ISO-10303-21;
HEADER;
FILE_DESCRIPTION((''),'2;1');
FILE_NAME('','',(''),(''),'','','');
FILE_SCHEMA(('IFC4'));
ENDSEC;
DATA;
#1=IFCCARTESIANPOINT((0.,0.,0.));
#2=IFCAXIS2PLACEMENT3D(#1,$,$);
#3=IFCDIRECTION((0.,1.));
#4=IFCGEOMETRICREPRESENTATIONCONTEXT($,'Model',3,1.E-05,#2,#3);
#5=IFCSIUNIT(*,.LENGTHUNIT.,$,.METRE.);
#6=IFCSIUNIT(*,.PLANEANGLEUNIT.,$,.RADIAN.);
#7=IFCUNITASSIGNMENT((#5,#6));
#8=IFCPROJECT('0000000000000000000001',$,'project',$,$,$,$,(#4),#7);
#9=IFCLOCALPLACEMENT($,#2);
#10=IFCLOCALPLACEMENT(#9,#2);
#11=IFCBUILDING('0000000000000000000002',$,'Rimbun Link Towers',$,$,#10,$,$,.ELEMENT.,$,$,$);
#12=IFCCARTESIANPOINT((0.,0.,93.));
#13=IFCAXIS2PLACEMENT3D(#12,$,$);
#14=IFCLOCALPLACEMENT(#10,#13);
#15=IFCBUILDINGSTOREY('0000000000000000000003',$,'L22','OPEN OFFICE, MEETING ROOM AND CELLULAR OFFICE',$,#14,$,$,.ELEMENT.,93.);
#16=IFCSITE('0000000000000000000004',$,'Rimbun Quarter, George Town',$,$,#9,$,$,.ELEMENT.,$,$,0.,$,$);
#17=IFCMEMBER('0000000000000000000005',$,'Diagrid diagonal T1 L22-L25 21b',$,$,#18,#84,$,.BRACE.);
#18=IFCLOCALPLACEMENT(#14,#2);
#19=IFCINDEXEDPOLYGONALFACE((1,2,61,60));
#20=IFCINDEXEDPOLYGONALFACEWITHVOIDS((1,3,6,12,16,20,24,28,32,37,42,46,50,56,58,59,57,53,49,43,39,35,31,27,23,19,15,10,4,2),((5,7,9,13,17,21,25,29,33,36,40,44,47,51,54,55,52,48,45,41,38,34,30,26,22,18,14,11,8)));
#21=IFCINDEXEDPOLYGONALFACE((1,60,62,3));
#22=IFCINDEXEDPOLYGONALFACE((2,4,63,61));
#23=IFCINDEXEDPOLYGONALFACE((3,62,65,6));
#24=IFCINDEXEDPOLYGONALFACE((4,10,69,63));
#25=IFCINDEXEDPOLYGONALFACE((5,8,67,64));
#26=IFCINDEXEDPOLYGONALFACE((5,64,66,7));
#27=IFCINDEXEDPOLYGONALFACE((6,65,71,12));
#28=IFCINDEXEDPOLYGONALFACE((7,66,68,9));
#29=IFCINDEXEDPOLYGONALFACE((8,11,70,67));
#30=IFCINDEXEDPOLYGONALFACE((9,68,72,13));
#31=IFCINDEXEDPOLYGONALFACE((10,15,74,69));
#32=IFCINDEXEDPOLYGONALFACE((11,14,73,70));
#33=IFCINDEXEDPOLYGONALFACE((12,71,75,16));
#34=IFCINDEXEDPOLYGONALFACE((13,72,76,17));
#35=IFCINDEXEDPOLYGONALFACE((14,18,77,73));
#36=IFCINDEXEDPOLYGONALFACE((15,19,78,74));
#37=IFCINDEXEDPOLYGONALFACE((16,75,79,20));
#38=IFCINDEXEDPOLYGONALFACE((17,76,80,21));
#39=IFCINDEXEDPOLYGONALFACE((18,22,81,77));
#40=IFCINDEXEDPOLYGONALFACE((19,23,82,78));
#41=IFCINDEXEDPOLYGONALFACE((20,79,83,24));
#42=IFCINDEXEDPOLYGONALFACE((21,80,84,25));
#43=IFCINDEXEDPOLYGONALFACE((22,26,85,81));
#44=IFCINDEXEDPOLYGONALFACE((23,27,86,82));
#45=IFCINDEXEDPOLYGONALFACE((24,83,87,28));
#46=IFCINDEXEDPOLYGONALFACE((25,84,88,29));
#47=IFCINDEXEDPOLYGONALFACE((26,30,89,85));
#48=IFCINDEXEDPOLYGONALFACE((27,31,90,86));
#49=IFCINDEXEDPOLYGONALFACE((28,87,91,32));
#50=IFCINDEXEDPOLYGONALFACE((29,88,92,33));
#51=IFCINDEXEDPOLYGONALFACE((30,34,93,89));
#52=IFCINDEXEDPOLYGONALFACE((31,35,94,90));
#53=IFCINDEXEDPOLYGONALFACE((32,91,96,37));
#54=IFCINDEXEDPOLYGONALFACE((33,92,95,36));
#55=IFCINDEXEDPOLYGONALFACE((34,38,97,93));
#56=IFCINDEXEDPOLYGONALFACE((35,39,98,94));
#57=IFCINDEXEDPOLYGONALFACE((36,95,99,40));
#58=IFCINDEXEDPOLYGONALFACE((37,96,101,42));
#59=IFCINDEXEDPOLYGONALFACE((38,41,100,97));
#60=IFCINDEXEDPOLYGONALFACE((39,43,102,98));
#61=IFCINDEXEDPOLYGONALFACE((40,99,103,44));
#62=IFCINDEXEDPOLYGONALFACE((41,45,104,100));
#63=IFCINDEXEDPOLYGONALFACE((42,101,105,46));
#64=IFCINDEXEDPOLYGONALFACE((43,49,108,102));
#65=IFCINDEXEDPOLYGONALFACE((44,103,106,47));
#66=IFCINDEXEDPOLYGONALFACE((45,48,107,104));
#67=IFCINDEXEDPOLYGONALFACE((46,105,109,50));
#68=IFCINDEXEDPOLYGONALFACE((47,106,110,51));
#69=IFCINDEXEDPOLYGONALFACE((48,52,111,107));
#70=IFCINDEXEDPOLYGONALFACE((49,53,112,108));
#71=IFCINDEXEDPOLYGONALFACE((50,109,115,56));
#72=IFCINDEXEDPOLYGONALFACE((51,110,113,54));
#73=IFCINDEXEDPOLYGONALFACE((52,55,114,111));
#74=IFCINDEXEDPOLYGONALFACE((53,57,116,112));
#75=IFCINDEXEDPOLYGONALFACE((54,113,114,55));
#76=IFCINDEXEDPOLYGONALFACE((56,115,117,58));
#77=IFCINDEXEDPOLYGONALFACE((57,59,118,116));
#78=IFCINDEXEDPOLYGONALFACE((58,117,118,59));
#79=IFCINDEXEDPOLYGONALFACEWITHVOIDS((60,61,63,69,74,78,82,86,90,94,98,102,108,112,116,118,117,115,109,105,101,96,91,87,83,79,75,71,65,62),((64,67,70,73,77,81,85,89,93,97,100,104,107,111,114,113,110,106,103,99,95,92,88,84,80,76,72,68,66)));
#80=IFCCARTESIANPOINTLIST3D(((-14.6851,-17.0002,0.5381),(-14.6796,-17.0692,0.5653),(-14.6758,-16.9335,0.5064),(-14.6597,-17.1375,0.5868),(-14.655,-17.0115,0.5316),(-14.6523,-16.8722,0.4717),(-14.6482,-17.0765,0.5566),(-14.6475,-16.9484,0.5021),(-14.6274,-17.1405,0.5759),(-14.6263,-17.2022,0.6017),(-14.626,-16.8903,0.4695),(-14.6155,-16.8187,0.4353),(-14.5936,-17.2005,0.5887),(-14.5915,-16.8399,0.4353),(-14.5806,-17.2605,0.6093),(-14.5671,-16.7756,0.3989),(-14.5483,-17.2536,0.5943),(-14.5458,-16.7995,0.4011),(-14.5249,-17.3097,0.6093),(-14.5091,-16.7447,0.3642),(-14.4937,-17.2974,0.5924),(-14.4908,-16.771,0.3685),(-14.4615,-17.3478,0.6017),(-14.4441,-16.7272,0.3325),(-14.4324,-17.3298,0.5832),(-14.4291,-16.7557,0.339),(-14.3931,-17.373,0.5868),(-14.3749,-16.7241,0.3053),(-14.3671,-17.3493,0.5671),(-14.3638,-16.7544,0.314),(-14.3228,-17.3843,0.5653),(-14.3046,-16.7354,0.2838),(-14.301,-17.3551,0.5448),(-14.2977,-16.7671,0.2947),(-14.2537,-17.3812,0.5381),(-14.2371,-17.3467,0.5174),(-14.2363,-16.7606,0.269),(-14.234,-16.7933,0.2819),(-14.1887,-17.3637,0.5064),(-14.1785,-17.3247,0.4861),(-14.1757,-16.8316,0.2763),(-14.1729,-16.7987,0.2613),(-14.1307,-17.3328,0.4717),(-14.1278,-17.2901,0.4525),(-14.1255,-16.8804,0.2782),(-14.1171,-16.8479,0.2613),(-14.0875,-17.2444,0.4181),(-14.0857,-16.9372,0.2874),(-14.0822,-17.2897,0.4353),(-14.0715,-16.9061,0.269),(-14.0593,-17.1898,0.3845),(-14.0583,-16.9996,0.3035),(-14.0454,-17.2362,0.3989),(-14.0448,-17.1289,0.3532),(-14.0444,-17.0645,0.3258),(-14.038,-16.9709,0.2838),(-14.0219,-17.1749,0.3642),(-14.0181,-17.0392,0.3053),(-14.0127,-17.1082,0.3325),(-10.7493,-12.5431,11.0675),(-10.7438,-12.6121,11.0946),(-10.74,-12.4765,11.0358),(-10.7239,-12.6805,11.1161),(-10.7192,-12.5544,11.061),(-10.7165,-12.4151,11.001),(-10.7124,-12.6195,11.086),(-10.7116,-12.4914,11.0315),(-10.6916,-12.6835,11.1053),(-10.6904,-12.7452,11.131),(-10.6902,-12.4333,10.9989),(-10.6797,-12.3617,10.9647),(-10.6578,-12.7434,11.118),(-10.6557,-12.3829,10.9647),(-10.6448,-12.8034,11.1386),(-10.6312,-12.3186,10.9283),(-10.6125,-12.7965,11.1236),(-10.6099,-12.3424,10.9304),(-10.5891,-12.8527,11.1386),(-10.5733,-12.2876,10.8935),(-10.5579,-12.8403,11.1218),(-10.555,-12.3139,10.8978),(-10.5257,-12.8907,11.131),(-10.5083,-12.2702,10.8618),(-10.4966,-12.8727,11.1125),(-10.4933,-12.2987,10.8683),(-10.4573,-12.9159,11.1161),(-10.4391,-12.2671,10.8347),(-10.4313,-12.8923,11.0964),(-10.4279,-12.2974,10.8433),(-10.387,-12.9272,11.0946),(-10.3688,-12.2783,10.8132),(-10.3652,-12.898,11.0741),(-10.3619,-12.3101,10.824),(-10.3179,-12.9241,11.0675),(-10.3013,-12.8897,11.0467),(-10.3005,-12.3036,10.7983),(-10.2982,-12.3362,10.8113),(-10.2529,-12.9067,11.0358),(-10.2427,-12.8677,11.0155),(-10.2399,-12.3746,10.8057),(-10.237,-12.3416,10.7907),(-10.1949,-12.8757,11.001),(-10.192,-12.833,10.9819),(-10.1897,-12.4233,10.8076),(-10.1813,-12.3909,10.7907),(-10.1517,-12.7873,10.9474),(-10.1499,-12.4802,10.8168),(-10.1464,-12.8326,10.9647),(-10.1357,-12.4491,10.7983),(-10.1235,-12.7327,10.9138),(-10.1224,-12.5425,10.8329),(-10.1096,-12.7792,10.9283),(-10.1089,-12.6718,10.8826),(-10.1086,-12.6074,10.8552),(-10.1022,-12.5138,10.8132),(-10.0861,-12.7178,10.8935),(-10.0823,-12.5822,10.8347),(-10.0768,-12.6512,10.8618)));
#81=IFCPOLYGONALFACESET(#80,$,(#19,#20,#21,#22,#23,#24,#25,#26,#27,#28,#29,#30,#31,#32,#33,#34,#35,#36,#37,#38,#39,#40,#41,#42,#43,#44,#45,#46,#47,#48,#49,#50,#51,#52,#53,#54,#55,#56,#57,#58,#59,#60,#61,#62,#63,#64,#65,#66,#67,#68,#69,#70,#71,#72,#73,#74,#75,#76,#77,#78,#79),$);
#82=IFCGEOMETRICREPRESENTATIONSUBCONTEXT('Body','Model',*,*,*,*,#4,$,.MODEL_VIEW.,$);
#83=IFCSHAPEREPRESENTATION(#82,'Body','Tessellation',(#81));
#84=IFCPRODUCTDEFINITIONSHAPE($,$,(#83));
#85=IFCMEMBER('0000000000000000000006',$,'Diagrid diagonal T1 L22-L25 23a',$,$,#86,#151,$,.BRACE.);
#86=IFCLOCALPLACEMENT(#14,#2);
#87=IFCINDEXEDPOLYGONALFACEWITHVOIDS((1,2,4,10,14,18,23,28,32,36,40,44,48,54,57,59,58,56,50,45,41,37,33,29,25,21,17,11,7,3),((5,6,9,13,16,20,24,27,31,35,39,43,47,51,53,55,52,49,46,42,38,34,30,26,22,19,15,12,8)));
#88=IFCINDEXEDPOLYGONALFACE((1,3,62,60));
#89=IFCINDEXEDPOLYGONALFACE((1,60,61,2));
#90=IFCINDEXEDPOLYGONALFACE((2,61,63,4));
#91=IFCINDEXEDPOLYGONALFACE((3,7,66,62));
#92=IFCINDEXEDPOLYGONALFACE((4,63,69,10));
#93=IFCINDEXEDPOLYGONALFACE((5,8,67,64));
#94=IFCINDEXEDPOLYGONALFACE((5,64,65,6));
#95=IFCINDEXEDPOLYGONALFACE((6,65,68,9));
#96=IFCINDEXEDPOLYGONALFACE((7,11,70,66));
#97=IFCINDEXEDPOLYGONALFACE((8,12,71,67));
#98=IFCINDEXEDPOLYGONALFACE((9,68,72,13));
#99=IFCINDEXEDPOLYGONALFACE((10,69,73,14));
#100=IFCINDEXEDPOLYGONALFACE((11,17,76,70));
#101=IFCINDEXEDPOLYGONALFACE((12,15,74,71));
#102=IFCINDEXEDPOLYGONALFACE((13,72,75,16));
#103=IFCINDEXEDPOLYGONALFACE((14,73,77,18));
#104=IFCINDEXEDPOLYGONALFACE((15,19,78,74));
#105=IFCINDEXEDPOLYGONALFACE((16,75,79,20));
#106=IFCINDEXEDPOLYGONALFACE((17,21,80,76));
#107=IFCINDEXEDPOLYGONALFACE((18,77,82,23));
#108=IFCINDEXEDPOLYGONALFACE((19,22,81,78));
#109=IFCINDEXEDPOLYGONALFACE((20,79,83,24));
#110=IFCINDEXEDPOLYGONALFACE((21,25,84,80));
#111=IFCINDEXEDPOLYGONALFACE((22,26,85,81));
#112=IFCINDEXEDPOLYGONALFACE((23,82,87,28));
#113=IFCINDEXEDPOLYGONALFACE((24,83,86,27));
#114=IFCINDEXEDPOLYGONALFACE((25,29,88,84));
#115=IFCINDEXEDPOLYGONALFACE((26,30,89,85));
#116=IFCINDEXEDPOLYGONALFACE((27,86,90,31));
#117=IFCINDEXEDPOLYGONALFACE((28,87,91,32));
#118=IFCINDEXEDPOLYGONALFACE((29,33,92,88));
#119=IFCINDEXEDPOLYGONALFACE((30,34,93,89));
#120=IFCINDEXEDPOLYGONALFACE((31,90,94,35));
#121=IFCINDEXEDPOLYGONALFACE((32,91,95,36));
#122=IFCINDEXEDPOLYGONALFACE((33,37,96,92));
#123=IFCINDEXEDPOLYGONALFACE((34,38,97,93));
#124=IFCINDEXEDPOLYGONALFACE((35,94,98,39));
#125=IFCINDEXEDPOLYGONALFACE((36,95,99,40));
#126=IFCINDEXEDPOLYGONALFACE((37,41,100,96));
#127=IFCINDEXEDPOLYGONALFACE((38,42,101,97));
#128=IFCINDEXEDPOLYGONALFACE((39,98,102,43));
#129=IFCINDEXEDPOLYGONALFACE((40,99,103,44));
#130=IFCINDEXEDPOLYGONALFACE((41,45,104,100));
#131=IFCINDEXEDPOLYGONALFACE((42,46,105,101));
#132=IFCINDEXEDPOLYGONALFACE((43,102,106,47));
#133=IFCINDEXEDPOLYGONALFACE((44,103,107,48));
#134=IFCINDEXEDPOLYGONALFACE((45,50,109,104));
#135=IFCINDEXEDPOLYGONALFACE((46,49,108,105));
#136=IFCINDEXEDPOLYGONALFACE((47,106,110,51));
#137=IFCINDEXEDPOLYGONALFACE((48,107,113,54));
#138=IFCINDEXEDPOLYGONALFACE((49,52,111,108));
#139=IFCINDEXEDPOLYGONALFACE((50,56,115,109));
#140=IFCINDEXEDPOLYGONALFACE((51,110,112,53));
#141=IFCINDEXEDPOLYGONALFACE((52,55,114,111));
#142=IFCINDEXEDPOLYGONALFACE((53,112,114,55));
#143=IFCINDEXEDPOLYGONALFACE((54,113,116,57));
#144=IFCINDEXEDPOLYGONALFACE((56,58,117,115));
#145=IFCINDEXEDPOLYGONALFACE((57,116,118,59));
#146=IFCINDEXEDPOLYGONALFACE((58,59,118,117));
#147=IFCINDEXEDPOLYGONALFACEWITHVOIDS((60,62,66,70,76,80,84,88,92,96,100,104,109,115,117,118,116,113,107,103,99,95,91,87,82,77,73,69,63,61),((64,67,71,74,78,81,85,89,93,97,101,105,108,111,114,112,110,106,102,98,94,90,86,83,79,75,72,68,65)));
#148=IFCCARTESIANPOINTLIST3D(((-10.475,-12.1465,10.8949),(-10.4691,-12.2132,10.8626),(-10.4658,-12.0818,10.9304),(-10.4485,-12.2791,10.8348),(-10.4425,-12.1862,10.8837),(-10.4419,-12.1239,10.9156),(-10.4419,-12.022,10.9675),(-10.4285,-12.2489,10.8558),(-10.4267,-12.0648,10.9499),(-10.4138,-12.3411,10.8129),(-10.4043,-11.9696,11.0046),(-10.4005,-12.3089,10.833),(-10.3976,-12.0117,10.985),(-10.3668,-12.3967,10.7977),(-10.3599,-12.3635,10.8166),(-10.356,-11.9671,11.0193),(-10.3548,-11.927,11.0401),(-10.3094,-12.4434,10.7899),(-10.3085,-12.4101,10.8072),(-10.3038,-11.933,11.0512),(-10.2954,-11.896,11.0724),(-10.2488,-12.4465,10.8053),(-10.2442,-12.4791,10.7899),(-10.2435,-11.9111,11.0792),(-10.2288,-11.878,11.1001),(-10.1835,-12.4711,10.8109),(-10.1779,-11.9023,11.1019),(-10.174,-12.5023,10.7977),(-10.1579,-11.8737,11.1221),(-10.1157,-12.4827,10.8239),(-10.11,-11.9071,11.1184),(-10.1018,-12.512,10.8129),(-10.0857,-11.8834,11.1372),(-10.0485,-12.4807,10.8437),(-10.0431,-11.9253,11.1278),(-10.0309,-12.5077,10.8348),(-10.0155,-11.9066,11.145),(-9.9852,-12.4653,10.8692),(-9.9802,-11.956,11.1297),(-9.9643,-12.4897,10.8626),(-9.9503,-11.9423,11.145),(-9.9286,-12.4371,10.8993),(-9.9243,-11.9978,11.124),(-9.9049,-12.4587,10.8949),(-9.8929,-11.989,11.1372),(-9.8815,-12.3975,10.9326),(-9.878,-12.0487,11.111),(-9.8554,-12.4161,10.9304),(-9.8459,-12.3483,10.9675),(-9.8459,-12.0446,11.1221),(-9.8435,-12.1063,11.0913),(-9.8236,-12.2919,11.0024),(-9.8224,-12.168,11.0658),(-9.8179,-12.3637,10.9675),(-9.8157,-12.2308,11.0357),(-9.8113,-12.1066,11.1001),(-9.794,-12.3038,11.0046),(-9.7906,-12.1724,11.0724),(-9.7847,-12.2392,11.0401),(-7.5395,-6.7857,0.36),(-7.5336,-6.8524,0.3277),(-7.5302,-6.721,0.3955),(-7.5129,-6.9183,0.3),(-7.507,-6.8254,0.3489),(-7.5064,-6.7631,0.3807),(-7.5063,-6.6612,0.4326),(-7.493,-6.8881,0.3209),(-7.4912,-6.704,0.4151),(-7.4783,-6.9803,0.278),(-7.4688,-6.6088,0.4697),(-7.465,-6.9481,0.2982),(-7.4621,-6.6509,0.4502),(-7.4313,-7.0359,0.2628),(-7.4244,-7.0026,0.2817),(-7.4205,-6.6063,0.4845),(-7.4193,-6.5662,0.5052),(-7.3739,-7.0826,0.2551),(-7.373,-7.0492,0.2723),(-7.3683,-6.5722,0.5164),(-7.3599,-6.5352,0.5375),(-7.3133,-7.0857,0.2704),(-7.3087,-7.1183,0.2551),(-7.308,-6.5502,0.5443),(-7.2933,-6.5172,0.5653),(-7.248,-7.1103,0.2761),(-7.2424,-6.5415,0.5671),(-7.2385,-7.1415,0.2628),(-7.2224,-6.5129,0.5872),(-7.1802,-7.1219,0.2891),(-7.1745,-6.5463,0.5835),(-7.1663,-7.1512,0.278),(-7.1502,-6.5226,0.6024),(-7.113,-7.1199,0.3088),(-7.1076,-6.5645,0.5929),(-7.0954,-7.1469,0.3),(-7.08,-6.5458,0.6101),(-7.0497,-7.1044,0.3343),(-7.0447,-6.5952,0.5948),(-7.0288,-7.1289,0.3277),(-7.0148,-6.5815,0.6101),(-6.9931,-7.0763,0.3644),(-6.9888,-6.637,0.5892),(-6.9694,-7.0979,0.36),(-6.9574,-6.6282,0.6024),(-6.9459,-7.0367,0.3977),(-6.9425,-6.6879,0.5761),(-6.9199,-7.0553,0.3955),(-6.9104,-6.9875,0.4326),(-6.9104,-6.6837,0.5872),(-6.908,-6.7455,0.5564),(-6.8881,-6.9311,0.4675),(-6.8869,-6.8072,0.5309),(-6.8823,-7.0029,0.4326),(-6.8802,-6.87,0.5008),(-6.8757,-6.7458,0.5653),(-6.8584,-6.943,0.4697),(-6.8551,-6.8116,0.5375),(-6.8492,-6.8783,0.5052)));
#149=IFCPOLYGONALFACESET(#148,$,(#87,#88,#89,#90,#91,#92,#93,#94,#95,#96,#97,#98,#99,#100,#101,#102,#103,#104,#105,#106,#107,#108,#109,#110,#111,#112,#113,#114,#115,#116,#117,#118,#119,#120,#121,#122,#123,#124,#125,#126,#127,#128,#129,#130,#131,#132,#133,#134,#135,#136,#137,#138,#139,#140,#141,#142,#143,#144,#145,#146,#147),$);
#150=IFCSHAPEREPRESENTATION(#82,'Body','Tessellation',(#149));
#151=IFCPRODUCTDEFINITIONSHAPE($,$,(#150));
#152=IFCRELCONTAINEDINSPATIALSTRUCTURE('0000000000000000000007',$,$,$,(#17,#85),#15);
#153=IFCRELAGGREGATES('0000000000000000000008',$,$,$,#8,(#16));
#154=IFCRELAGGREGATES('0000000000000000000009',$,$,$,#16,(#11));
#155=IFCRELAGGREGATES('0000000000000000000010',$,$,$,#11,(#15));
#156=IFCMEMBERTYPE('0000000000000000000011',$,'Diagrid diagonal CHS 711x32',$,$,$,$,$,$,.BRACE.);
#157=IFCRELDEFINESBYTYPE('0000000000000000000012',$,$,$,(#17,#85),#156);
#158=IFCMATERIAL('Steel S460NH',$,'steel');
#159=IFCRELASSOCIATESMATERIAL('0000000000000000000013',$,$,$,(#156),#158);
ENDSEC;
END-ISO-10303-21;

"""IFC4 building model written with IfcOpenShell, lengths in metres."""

from ifc_helpers import new_model, si_unit, direction, frame, origin, origin_2d, place, context, subcontext, project, spatial, hollow_circle, extrude, material, material_profile, profile_set, type_object, element, save


model = new_model("IFC4")

# Units and contexts
model_context = context("Model", 3, precision=1e-05, world=origin(), true_north=direction((0.0, 1.0)))
body_context = subcontext(model_context, "Body", "Model", "MODEL_VIEW")
ifc_project = project(units=[si_unit("LENGTHUNIT", "METRE"), si_unit("PLANEANGLEUNIT", "RADIAN")], contexts=[model_context])

# Site, building, storey
site_placement = place(None, origin())
site = spatial("IfcSite", under=ifc_project, at=site_placement, Name="Rimbun Quarter, George Town", CompositionType="ELEMENT", RefElevation=0.0)
building_placement = place(site_placement, origin())
building = spatial("IfcBuilding", under=site, at=building_placement, Name="Rimbun Link Towers", CompositionType="ELEMENT")
storey_placement = place(building_placement, frame((0.0, 0.0, 93.0)))
storey = spatial("IfcBuildingStorey", under=building, at=storey_placement, Name="L22", Description="OPEN OFFICE, MEETING ROOM AND CELLULAR OFFICE", CompositionType="ELEMENT", Elevation=93.0)

# Members
ifc_material_1 = material(Name="Steel S460NH", Category="steel")
ifc_material_profile_1 = material_profile(ifc_material_1, hollow_circle(Radius=0.3557, WallThickness=0.032, at=origin_2d()), Name="Diagrid diagonal CHS 711x32")
ifc_profile_set_1 = profile_set([ifc_material_profile_1], Name="Steel S460NH")
member_type_1 = type_object("IfcMemberType", Name="Diagrid diagonal CHS 711x32", PredefinedType="BRACE", material=ifc_profile_set_1)
member_1_placement = place(storey_placement, frame((-14.3489, -17.0542, 0.4353), z_axis=(0.325481, 0.368587, 0.87075), x_axis=(-0.749578, 0.661916, 0.0)))
element("IfcMember", 1, at=member_1_placement, inside=storey, type_object=member_type_1, Name="Diagrid diagonal T1 L22-L25 21b", PredefinedType="BRACE", context=body_context, shape_type="SweptSolid", body=[
    extrude(hollow_circle(Radius=0.3557, WallThickness=0.032, at=origin_2d()), origin(), (0.0, 0.0, 1.0), 12.0923),
])
member_2_placement = place(storey_placement, frame((-7.1943, -6.832, 0.4326), z_axis=(-0.241023, -0.440152, 0.86497), x_axis=(0.877107, -0.480296, 0.0)))
element("IfcMember", 2, at=member_2_placement, inside=storey, type_object=member_type_1, Name="Diagrid diagonal T1 L22-L25 23a", PredefinedType="BRACE", context=body_context, shape_type="SweptSolid", body=[
    extrude(hollow_circle(Radius=0.3557, WallThickness=0.032, at=origin_2d()), origin(), (0.0, 0.0, 1.0), 12.1794),
])

save(model, "model.ifc")
